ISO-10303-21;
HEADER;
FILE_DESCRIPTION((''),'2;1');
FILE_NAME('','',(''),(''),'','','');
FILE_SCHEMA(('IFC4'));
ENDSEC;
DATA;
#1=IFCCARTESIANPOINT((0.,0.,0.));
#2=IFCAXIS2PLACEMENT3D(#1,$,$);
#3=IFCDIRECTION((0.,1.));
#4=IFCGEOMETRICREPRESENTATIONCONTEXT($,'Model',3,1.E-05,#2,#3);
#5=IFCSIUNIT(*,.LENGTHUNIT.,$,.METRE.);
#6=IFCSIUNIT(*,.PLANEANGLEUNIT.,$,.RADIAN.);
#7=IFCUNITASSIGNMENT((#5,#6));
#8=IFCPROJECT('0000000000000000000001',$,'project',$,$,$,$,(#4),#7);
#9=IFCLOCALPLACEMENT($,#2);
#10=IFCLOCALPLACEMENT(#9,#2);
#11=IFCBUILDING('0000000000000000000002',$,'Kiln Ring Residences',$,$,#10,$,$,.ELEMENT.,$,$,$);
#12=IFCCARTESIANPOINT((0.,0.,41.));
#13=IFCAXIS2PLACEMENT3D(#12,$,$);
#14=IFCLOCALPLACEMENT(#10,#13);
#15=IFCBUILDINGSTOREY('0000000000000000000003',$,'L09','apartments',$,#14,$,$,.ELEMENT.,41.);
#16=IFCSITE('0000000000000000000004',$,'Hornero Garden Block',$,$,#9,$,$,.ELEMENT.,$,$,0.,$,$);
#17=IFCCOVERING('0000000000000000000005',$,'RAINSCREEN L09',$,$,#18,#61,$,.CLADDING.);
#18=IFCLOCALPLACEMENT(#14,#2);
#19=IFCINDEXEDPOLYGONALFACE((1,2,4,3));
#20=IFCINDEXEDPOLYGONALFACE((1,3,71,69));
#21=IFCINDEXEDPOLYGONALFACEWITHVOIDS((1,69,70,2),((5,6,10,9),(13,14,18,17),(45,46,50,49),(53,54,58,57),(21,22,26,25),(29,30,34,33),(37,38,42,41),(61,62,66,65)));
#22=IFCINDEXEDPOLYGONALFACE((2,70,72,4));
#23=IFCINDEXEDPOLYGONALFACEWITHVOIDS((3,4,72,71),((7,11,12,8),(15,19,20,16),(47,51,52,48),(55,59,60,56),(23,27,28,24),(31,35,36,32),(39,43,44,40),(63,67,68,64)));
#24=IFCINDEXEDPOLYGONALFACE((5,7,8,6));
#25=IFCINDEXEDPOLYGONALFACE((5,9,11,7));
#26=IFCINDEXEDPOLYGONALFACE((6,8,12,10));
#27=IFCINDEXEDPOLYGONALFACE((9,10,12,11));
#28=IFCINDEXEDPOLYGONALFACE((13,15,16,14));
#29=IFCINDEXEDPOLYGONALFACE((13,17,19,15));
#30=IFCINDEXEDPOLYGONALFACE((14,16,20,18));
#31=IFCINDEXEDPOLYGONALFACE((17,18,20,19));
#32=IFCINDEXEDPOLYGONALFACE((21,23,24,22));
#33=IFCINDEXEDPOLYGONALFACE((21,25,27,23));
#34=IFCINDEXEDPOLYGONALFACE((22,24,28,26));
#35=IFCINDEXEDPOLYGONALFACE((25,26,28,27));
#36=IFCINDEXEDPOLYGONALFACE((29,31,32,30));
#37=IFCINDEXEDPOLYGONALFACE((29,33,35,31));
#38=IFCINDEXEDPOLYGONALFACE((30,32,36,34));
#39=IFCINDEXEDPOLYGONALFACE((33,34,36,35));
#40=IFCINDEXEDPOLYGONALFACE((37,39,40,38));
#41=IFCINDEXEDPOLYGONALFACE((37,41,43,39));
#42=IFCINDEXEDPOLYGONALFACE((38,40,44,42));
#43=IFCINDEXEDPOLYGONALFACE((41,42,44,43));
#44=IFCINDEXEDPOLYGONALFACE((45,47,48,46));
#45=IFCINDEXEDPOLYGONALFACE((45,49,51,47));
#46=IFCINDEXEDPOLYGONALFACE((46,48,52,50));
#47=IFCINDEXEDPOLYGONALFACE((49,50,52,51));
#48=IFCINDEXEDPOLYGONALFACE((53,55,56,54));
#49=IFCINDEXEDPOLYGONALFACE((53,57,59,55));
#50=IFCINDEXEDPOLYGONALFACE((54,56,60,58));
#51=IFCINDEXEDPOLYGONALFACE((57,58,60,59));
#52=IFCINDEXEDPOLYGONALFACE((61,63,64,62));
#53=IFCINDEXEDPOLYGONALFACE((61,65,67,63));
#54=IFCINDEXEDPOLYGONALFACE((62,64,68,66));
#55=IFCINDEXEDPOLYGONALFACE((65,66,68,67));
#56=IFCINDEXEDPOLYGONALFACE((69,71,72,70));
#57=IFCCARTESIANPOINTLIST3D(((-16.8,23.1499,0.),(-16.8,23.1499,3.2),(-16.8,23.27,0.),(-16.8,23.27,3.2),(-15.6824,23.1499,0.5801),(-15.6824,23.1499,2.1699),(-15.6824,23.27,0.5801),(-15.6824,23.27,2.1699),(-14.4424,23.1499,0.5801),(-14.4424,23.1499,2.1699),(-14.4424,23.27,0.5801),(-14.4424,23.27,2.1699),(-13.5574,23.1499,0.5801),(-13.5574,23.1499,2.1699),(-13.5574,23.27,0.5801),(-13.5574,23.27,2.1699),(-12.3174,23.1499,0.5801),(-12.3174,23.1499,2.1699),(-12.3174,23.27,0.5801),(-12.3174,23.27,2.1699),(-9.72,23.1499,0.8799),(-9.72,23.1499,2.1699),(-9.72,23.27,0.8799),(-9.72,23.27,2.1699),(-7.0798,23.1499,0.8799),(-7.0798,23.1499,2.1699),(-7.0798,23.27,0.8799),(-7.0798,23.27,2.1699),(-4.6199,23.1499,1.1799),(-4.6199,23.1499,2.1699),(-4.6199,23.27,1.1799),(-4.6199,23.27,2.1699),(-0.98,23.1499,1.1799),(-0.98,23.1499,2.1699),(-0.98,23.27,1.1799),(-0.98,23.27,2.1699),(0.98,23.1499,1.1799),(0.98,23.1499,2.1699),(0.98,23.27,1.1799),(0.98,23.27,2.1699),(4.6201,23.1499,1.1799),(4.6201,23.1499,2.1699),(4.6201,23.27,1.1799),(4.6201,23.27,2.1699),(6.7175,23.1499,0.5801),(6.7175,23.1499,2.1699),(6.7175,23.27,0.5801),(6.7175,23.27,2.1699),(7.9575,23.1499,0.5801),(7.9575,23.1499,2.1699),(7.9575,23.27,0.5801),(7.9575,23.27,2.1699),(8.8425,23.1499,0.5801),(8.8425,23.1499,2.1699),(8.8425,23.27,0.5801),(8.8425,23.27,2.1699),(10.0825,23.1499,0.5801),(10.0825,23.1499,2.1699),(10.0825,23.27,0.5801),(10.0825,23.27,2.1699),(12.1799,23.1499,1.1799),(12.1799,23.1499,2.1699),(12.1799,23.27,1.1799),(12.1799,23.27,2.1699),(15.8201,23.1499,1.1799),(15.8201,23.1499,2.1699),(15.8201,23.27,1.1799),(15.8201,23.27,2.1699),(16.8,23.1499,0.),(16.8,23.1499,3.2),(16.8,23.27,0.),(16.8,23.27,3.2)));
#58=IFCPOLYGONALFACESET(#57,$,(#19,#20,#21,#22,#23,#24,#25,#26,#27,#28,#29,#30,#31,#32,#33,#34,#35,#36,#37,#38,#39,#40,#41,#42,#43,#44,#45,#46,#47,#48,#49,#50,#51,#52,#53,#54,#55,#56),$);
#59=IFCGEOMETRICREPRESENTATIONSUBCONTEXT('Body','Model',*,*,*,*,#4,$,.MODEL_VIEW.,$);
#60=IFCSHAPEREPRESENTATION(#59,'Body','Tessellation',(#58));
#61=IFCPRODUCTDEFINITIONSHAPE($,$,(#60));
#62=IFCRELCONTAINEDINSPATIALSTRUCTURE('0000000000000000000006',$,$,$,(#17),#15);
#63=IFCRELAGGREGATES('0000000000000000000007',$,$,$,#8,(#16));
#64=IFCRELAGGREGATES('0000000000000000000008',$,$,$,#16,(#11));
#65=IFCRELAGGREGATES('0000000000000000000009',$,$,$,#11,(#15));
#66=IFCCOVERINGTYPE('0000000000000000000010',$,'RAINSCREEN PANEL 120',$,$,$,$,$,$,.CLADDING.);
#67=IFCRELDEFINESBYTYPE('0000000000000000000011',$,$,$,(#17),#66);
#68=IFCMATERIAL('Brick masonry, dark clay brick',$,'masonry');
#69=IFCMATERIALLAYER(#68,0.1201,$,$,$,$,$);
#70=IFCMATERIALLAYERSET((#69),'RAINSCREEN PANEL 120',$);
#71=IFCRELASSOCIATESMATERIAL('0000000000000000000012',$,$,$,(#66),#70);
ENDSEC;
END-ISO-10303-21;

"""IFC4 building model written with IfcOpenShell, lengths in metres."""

from ifc_helpers import new_model, si_unit, direction, frame, origin, place, context, subcontext, project, spatial, polyline, outline, extrude, material, layer, layer_set, type_object, element, save


model = new_model("IFC4")

# Units and contexts
model_context = context("Model", 3, precision=1e-05, world=origin(), true_north=direction((0.0, 1.0)))
body_context = subcontext(model_context, "Body", "Model", "MODEL_VIEW")
ifc_project = project(units=[si_unit("LENGTHUNIT", "METRE"), si_unit("PLANEANGLEUNIT", "RADIAN")], contexts=[model_context])

# Site, building, storey
site_placement = place(None, origin())
site = spatial("IfcSite", under=ifc_project, at=site_placement, Name="Hornero Garden Block", CompositionType="ELEMENT", RefElevation=0.0)
building_placement = place(site_placement, origin())
building = spatial("IfcBuilding", under=site, at=building_placement, Name="Kiln Ring Residences", CompositionType="ELEMENT")
storey_placement = place(building_placement, frame((0.0, 0.0, 41.0)))
storey = spatial("IfcBuildingStorey", under=building, at=storey_placement, Name="L09", Description="apartments", CompositionType="ELEMENT", Elevation=41.0)

# Covering
ifc_material_1 = material(Name="Brick masonry, dark clay brick", Category="masonry")
ifc_layer_1 = layer(ifc_material_1, 0.1201)
ifc_layer_set_1 = layer_set([ifc_layer_1], Name="RAINSCREEN PANEL 120")
covering_type = type_object("IfcCoveringType", Name="RAINSCREEN PANEL 120", PredefinedType="CLADDING", material=ifc_layer_set_1)
covering_placement = place(storey_placement, frame((16.8, 23.21, 0.0), z_axis=(0.0, 0.0, 1.0), x_axis=(-1.0, 0.0, 0.0)))
element("IfcCovering", 1, at=covering_placement, inside=storey, type_object=covering_type, Name="RAINSCREEN L09", PredefinedType="CLADDING", context=body_context, shape_type="SweptSolid", body=[
    extrude(outline(polyline([(0.0, 0.0), (33.6001, 0.0), (33.6001, 3.2), (0.0, 3.2), (0.0, 0.0)]), holes=[polyline([(6.7175, 0.5801), (7.9575, 0.5801), (7.9575, 2.1699), (6.7175, 2.1699), (6.7175, 0.5801)]), polyline([(8.8425, 0.5801), (10.0825, 0.5801), (10.0825, 2.1699), (8.8425, 2.1699), (8.8425, 0.5801)]), polyline([(29.1174, 0.5801), (30.3574, 0.5801), (30.3574, 2.1699), (29.1174, 2.1699), (29.1174, 0.5801)]), polyline([(31.2424, 0.5801), (32.4824, 0.5801), (32.4824, 2.1699), (31.2424, 2.1699), (31.2424, 0.5801)]), polyline([(23.8799, 0.8799), (26.52, 0.8799), (26.52, 2.1699), (23.8799, 2.1699), (23.8799, 0.8799)]), polyline([(0.98, 1.1799), (4.6201, 1.1799), (4.6201, 2.1699), (0.98, 2.1699), (0.98, 1.1799)]), polyline([(12.1799, 1.1799), (15.8201, 1.1799), (15.8201, 2.1699), (12.1799, 2.1699), (12.1799, 1.1799)]), polyline([(17.78, 1.1799), (21.4199, 1.1799), (21.4199, 2.1699), (17.78, 2.1699), (17.78, 1.1799)])]), frame((0.0, 0.0601, 0.0), z_axis=(0.0, -1.0, 0.0), x_axis=(1.0, 0.0, 0.0)), (0.0, 0.0, 1.0), 0.1201),
])

save(model, "model.ifc")
